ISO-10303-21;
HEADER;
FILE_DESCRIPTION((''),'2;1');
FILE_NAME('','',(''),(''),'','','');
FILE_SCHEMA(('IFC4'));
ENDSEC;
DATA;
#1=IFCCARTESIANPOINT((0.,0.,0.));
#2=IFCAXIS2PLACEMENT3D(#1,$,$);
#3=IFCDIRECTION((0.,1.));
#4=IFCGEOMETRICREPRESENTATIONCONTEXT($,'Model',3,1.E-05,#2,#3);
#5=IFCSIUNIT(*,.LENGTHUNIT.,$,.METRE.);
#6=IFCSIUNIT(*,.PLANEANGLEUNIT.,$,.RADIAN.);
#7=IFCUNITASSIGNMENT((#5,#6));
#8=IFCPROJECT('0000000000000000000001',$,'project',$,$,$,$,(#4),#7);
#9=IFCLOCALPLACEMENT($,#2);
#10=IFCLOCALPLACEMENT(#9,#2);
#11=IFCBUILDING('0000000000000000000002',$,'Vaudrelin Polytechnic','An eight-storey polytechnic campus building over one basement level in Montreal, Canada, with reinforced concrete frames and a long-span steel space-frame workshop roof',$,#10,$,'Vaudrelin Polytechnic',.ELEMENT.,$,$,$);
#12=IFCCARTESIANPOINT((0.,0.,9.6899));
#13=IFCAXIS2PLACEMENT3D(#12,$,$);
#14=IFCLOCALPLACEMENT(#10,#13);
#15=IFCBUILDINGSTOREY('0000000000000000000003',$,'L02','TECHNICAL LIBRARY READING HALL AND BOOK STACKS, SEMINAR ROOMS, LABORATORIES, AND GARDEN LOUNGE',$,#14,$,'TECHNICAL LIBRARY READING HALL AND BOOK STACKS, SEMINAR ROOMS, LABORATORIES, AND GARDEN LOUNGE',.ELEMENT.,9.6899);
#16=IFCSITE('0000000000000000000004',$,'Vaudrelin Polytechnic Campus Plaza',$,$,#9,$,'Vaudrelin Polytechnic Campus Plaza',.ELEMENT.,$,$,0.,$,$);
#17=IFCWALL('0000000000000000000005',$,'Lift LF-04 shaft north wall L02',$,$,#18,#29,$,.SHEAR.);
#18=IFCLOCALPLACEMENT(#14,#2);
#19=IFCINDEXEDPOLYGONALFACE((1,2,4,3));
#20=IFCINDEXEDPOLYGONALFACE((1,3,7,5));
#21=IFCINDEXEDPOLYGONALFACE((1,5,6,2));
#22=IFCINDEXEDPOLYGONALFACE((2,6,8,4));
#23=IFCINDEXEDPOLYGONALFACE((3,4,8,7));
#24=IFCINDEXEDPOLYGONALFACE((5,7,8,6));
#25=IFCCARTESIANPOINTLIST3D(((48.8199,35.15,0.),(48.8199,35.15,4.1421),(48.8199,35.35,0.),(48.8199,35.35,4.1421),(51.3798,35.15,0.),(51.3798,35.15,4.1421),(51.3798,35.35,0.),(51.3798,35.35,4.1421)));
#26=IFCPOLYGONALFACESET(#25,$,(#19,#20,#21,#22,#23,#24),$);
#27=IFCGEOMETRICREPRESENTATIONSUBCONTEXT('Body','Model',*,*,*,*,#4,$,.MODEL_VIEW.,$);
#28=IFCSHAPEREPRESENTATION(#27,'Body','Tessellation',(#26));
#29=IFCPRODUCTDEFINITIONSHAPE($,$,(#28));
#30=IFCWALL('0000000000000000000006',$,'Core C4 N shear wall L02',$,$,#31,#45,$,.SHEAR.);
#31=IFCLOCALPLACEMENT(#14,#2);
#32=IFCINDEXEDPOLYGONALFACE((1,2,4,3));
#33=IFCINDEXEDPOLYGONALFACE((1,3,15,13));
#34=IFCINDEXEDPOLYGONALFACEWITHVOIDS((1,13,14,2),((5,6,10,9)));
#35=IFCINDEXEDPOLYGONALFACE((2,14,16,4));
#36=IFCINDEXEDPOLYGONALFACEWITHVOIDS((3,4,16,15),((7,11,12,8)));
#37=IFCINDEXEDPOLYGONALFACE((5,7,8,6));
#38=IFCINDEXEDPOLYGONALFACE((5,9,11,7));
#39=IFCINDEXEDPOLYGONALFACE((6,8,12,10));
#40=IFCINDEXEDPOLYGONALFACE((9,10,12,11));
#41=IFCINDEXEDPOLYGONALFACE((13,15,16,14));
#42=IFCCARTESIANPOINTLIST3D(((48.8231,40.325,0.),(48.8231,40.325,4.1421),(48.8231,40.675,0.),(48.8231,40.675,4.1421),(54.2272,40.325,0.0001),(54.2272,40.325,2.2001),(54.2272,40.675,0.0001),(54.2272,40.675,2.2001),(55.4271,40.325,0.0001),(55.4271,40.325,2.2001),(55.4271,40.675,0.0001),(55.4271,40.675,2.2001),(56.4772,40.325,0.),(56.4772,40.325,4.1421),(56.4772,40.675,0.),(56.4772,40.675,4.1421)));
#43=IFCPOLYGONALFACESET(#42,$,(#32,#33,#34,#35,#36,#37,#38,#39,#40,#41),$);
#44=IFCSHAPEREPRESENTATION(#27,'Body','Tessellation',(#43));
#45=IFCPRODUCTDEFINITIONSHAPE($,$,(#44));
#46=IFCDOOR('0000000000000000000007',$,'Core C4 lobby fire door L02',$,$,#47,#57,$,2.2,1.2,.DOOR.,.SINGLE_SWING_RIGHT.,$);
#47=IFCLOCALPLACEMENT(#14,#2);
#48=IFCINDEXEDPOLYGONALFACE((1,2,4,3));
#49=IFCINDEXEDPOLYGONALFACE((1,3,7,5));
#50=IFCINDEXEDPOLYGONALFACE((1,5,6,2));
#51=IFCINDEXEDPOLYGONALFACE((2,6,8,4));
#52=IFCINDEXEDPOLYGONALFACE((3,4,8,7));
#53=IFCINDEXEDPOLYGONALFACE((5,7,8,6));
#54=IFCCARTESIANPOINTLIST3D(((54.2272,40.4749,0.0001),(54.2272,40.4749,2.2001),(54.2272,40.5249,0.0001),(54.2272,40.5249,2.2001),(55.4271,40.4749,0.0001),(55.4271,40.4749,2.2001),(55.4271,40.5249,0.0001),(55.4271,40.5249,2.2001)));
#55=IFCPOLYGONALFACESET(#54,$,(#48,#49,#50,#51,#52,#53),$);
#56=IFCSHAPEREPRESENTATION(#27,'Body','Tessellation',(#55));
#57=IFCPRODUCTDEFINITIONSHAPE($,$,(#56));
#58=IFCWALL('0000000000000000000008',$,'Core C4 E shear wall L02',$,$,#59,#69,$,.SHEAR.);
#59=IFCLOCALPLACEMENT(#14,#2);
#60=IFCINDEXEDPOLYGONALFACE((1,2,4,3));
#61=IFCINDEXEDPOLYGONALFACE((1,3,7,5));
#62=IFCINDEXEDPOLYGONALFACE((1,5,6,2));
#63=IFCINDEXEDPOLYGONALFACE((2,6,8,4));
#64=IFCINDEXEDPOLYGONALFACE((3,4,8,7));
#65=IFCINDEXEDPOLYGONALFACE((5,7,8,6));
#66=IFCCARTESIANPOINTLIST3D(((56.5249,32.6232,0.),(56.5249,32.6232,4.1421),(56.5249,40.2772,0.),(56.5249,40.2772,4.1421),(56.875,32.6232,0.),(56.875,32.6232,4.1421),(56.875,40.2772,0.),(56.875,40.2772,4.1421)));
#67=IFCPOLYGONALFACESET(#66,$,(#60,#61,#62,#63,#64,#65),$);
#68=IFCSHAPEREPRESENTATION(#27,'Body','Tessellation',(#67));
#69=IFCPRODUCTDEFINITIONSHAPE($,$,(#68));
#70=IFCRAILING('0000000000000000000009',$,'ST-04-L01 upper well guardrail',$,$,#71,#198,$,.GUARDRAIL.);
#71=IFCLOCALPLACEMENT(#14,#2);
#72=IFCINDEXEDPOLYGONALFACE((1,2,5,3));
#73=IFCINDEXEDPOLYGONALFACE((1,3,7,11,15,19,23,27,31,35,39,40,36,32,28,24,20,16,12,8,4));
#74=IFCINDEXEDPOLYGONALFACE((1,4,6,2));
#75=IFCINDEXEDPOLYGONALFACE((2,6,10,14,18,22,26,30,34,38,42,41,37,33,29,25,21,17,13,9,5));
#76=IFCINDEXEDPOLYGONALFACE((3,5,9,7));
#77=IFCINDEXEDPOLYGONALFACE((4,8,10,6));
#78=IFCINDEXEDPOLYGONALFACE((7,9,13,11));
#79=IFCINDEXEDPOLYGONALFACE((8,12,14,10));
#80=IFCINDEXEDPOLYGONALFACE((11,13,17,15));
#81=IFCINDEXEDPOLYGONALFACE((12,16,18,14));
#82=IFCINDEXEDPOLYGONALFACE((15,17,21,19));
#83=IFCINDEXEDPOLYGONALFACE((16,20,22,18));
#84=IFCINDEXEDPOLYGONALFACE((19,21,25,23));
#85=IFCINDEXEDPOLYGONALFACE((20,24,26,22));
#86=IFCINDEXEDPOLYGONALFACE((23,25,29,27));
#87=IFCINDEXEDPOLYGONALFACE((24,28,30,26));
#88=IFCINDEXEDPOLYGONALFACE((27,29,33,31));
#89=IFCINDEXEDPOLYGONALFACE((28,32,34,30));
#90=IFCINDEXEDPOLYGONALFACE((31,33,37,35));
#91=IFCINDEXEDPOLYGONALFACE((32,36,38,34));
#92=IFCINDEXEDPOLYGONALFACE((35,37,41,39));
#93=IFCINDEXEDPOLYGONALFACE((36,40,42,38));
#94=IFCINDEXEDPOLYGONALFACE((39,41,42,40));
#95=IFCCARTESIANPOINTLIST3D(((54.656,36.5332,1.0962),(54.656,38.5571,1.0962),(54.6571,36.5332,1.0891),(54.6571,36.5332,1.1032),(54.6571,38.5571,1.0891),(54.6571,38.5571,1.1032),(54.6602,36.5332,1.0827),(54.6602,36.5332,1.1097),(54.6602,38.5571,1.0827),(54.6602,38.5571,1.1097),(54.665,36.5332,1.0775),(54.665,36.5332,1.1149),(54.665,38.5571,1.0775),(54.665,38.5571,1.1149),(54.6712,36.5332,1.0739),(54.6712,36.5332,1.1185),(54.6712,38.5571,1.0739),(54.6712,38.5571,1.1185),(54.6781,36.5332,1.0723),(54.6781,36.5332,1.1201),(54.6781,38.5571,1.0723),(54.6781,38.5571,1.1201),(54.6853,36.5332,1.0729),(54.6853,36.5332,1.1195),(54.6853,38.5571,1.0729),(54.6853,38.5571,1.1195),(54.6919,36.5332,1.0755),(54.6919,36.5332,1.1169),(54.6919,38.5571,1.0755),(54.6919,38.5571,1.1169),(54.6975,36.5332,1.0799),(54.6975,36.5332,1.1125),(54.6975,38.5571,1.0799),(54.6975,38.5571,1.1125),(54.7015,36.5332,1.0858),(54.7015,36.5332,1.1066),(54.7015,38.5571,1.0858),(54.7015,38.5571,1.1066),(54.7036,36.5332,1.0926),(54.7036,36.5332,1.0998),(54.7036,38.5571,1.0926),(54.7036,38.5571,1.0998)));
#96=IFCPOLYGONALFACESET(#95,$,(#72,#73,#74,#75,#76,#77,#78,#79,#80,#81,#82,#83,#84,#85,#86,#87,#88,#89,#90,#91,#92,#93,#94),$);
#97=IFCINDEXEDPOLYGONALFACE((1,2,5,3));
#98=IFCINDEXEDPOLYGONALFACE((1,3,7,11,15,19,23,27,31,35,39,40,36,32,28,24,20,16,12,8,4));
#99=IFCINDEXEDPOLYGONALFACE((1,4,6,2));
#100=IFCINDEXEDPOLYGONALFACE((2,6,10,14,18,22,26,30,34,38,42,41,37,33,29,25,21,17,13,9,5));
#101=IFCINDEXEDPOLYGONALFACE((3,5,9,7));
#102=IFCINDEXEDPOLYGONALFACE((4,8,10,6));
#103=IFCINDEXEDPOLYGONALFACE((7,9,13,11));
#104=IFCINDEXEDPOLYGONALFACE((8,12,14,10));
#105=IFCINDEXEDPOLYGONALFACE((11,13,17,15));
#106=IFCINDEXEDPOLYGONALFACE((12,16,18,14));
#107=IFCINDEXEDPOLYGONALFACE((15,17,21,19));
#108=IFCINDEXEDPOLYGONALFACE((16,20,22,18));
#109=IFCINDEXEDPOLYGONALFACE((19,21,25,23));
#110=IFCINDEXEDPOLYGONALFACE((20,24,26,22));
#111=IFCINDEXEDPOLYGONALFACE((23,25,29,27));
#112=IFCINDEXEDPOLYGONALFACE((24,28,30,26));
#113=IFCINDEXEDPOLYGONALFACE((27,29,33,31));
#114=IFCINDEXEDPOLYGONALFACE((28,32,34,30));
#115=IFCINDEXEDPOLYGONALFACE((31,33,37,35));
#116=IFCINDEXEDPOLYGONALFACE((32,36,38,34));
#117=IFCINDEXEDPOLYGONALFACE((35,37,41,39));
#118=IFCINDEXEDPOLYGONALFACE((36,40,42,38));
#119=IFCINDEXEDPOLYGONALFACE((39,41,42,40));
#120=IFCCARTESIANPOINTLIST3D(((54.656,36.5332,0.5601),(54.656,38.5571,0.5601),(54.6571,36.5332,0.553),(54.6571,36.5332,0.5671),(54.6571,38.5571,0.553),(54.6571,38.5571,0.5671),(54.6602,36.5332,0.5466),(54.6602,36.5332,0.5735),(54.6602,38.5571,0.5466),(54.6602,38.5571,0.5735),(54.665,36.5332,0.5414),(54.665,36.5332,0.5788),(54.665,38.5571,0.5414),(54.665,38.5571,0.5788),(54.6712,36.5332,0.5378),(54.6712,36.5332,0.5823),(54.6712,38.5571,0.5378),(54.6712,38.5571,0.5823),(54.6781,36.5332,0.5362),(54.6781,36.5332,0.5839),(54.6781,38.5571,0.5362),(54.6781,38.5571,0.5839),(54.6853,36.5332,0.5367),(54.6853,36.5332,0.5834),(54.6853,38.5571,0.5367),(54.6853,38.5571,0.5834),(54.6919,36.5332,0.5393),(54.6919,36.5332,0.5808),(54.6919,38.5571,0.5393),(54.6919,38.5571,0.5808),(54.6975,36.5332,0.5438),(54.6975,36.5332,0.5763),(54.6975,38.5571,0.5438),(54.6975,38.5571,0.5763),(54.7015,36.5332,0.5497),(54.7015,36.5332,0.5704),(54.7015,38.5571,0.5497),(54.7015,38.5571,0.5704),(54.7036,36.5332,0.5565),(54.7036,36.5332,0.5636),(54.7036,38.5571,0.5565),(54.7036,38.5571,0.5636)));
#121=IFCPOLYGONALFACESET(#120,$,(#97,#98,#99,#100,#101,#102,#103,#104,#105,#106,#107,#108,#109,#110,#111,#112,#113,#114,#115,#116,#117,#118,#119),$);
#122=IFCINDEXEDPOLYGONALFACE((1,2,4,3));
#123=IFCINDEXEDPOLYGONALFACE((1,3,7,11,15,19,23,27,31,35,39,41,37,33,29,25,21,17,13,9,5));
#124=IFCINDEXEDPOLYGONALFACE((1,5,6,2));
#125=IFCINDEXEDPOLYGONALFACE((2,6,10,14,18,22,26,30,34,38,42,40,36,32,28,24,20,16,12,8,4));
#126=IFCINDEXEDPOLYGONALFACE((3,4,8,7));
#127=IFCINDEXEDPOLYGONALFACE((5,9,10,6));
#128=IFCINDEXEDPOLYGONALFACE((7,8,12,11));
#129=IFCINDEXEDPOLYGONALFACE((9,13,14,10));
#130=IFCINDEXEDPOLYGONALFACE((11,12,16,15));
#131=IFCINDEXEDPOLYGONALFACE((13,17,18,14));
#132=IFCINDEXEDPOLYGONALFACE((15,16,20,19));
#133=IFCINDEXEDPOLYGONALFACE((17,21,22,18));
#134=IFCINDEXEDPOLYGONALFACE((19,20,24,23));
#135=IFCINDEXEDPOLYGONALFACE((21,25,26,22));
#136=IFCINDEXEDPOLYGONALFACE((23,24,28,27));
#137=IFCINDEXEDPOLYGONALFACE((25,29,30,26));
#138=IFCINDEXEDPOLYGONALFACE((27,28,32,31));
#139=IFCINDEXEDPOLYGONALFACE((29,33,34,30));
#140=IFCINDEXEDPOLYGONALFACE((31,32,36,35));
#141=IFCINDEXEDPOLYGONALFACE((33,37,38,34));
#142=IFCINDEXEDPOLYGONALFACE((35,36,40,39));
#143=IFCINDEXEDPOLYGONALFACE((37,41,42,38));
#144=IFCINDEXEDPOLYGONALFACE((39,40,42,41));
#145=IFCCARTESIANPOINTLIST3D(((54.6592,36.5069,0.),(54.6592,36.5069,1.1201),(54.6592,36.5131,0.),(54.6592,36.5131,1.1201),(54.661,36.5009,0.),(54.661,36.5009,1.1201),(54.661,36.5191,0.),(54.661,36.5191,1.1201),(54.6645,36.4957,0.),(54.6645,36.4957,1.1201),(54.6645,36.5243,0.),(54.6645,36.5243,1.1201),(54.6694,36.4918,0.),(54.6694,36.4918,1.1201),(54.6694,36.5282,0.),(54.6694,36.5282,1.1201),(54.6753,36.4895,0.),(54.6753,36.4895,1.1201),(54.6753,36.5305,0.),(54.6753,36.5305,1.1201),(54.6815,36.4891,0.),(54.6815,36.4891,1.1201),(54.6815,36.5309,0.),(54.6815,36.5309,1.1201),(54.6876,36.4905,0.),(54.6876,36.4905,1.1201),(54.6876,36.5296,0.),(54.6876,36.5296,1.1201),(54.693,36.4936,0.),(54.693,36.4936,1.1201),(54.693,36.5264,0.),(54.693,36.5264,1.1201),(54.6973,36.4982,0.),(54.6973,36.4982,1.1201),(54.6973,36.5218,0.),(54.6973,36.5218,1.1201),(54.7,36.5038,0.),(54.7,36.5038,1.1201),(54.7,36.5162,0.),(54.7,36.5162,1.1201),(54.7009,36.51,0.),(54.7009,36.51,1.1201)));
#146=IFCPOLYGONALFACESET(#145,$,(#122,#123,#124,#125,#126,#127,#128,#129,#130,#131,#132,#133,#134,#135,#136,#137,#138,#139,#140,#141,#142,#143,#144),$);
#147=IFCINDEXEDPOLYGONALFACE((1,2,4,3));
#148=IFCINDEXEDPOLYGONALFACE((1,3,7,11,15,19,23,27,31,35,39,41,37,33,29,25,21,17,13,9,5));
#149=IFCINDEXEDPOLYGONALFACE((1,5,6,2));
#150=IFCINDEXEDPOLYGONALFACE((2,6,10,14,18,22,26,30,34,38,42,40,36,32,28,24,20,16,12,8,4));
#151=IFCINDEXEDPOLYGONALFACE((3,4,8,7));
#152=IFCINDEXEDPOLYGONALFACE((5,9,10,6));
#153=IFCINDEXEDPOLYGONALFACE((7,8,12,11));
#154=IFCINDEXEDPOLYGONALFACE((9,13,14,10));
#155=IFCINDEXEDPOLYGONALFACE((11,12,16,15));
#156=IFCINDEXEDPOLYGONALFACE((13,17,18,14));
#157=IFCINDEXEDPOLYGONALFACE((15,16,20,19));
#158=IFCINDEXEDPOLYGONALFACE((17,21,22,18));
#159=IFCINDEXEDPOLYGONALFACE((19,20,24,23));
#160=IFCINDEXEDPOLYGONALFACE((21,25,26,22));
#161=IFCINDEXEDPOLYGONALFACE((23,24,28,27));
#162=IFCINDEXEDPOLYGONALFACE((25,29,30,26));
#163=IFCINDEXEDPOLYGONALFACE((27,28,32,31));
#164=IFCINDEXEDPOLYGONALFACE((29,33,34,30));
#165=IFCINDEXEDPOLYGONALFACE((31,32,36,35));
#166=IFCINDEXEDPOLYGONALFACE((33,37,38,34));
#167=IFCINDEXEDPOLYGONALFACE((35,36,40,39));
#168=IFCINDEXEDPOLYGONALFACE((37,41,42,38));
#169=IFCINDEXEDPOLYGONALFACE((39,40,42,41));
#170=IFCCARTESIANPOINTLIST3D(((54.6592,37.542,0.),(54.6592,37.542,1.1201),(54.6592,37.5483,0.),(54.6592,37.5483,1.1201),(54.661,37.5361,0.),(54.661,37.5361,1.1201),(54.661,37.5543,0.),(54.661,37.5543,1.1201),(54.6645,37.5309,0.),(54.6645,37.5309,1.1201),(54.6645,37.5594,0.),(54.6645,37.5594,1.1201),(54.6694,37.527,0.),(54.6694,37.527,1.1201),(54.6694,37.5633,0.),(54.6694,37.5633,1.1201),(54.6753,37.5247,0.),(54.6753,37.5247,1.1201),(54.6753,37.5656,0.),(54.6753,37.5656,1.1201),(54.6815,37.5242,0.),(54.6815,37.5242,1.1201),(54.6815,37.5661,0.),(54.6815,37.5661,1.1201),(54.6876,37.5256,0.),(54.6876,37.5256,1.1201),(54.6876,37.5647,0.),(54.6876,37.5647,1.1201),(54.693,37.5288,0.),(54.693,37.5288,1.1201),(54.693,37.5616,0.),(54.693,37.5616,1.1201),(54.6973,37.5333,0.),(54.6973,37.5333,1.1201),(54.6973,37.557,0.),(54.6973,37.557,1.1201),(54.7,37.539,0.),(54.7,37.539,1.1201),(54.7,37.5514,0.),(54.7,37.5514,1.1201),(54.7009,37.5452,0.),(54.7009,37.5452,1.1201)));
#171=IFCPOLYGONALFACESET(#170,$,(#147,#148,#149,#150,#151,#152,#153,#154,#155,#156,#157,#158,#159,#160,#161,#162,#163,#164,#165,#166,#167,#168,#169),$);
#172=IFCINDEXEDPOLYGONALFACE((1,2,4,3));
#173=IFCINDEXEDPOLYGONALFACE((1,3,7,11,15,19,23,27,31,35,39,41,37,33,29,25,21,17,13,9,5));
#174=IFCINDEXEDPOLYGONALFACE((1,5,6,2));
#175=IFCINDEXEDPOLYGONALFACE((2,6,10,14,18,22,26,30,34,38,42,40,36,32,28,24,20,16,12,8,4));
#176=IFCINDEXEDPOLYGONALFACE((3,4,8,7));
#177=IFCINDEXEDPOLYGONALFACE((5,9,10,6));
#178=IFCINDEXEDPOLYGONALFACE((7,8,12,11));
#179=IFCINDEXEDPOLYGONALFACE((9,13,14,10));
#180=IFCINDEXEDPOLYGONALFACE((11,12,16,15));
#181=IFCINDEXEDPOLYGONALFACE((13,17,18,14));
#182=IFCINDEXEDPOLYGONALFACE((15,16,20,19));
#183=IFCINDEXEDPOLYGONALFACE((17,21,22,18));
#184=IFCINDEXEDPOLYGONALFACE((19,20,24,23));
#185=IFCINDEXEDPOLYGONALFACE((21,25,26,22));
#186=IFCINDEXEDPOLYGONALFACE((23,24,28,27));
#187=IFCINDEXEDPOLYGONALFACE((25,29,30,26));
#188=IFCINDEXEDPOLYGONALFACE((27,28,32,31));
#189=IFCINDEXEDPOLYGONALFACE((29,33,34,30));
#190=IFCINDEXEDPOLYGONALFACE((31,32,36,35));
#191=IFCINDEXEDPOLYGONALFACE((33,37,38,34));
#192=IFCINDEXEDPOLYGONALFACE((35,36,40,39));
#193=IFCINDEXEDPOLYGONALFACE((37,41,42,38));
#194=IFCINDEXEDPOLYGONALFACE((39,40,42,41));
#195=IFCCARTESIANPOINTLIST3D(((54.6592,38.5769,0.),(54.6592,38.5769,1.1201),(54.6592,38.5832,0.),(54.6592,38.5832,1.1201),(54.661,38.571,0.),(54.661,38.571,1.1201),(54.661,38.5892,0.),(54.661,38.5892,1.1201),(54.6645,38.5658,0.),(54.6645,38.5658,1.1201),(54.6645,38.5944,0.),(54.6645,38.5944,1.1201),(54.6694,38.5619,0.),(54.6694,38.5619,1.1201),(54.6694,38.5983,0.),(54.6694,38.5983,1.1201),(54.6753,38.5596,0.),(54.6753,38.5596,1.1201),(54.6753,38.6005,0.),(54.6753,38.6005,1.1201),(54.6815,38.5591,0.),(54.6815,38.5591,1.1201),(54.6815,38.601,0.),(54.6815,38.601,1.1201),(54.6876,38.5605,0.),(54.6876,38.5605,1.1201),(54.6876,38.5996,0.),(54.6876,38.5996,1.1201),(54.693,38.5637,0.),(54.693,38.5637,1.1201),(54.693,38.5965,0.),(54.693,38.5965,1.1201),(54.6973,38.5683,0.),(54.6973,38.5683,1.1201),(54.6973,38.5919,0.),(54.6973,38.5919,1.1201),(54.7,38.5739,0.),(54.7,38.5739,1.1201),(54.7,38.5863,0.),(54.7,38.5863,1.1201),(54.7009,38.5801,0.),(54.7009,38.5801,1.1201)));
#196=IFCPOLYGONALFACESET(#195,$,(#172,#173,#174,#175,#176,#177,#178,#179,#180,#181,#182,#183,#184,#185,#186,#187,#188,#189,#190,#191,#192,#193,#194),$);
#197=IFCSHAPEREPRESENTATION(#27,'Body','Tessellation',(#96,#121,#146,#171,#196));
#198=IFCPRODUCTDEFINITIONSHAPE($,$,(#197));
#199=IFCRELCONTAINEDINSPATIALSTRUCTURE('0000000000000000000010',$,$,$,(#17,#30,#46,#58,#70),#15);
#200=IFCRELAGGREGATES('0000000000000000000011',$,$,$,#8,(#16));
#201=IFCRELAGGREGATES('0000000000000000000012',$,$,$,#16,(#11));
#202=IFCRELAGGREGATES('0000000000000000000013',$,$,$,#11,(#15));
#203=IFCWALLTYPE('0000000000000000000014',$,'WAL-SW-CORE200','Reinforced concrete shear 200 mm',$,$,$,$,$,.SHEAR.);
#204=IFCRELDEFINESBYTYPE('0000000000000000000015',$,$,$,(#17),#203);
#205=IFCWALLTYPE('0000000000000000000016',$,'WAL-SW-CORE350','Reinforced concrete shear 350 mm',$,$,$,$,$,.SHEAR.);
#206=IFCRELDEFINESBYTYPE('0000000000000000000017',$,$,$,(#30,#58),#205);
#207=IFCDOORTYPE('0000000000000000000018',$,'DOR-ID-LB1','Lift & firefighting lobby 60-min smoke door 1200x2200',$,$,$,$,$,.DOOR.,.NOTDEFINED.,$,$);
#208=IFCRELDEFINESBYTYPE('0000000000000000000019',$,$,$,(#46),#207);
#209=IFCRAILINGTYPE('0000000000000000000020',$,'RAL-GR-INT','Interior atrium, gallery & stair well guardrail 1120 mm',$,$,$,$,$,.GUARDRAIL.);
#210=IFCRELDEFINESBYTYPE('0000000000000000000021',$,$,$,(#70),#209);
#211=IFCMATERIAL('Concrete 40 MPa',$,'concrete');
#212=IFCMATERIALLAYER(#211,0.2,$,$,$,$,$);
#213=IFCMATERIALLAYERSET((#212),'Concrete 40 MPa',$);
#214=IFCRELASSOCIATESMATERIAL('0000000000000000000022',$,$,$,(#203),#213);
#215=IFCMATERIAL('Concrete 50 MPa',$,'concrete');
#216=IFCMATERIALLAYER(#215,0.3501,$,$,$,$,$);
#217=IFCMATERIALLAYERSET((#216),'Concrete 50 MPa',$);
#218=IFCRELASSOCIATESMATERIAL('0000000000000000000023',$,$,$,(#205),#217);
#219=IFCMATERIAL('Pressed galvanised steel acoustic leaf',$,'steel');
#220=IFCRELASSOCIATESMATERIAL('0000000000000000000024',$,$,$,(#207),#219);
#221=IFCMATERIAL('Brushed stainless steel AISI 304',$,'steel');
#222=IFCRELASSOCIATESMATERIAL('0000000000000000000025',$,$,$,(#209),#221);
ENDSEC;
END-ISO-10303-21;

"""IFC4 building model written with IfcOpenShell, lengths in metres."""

from ifc_helpers import new_model, si_unit, direction, frame, frame_2d, origin, origin_2d, place, context, subcontext, project, spatial, rectangle, circle, extrude, material, layer, layer_set, type_object, element, fill, save


model = new_model("IFC4")

# Units and contexts
model_context = context("Model", 3, precision=1e-05, world=origin(), true_north=direction((0.0, 1.0)))
body_context = subcontext(model_context, "Body", "Model", "MODEL_VIEW")
ifc_project = project(units=[si_unit("LENGTHUNIT", "METRE"), si_unit("PLANEANGLEUNIT", "RADIAN")], contexts=[model_context])

# Site, building, storey
site_placement = place(None, origin())
site = spatial("IfcSite", under=ifc_project, at=site_placement, Name="Vaudrelin Polytechnic Campus Plaza", LongName="Vaudrelin Polytechnic Campus Plaza", CompositionType="ELEMENT", RefElevation=0.0)
building_placement = place(site_placement, origin())
building = spatial("IfcBuilding", under=site, at=building_placement, Name="Vaudrelin Polytechnic", Description="An eight-storey polytechnic campus building over one basement level in Montreal, Canada, with reinforced concrete frames and a long-span steel space-frame workshop roof", LongName="Vaudrelin Polytechnic", CompositionType="ELEMENT")
storey_placement = place(building_placement, frame((0.0, 0.0, 9.6899)))
storey = spatial("IfcBuildingStorey", under=building, at=storey_placement, Name="L02", Description="TECHNICAL LIBRARY READING HALL AND BOOK STACKS, SEMINAR ROOMS, LABORATORIES, AND GARDEN LOUNGE", LongName="TECHNICAL LIBRARY READING HALL AND BOOK STACKS, SEMINAR ROOMS, LABORATORIES, AND GARDEN LOUNGE", CompositionType="ELEMENT", Elevation=9.6899)

# Shared definitions
ifc_material_1 = material(Name="Concrete 40 MPa", Category="concrete")

# Shared definitions
ifc_material_2 = material(Name="Pressed galvanised steel acoustic leaf", Category="steel")
ifc_layer_1 = layer(ifc_material_1, 0.2)
ifc_layer_set_1 = layer_set([ifc_layer_1], Name="Concrete 40 MPa")
wall_type_1 = type_object("IfcWallType", Name="WAL-SW-CORE200", Description="Reinforced concrete shear 200 mm", PredefinedType="SHEAR", material=ifc_layer_set_1)
ifc_material_3 = material(Name="Brushed stainless steel AISI 304", Category="steel")

# Wall
wall_1_placement = place(storey_placement, frame((48.8201, 35.25, 0.0), z_axis=(0.0, 0.0, 1.0), x_axis=(1.0, 0.0, 0.0)))
element("IfcWall", 1, at=wall_1_placement, inside=storey, type_object=wall_type_1, Name="Lift LF-04 shaft north wall L02", PredefinedType="SHEAR", context=body_context, shape_type="SweptSolid", body=[
    extrude(rectangle(XDim=2.5598, YDim=0.2, at=frame_2d((1.2798, 0.0))), origin(), (0.0, 0.0, 1.0), 4.1421),
])

# Wall, opening, door
ifc_material_4 = material(Name="Concrete 50 MPa", Category="concrete")
ifc_layer_2 = layer(ifc_material_4, 0.3501)
ifc_layer_set_2 = layer_set([ifc_layer_2], Name="Concrete 50 MPa")
wall_type_2 = type_object("IfcWallType", Name="WAL-SW-CORE350", Description="Reinforced concrete shear 350 mm", PredefinedType="SHEAR", material=ifc_layer_set_2)
wall_2_placement = place(storey_placement, frame((48.823, 40.5, 0.0), z_axis=(0.0, 0.0, 1.0), x_axis=(1.0, 0.0, 0.0)))
wall_2 = element("IfcWall", 2, at=wall_2_placement, inside=storey, type_object=wall_type_2, Name="Core C4 N shear wall L02", PredefinedType="SHEAR", context=body_context, shape_type="SweptSolid", body=[
    extrude(rectangle(XDim=7.6541, YDim=0.3501, at=frame_2d((3.8271, 0.0))), origin(), (0.0, 0.0, 1.0), 4.1421),
])
opening_1_placement = place(wall_2_placement, frame((5.4041, 0.0, 0.0)))
opening_1 = element("IfcOpeningElement", 3, at=opening_1_placement, cuts=wall_2, PredefinedType="OPENING", context=body_context, shape_type="SweptSolid", body=[
    extrude(rectangle(XDim=1.2, YDim=2.2, at=frame_2d((0.6001, 1.1001))), frame((0.0, 0.1851, 0.0), z_axis=(0.0, -1.0, 0.0), x_axis=(1.0, 0.0, 0.0)), (0.0, 0.0, 1.0), 0.3701),
])
door_type_1 = type_object("IfcDoorType", Name="DOR-ID-LB1", Description="Lift & firefighting lobby 60-min smoke door 1200x2200", OperationType="NOTDEFINED", PredefinedType="DOOR", material=ifc_material_2)
door_1_placement = place(opening_1_placement, origin())
door_1 = element("IfcDoor", 4, at=door_1_placement, inside=storey, type_object=door_type_1, Name="Core C4 lobby fire door L02", OperationType="SINGLE_SWING_RIGHT", OverallHeight=2.2, OverallWidth=1.2, PredefinedType="DOOR", context=body_context, shape_type="SweptSolid", body=[
    extrude(rectangle(XDim=1.2, YDim=2.2, at=frame_2d((0.6001, 1.1001))), frame((0.0, 0.0249, 0.0), z_axis=(0.0, -1.0, 0.0), x_axis=(1.0, 0.0, 0.0)), (0.0, 0.0, 1.0), 0.05),
])
fill(opening_1, door_1)

# Wall
wall_3_placement = place(storey_placement, frame((56.7, 32.623, 0.0), z_axis=(0.0, 0.0, 1.0), x_axis=(0.0, 1.0, 0.0)))
element("IfcWall", 5, at=wall_3_placement, inside=storey, type_object=wall_type_2, Name="Core C4 E shear wall L02", PredefinedType="SHEAR", context=body_context, shape_type="SweptSolid", body=[
    extrude(rectangle(XDim=7.6541, YDim=0.3501, at=frame_2d((3.8271, 0.0))), origin(), (0.0, 0.0, 1.0), 4.1421),
])

# Railing
railing_type = type_object("IfcRailingType", Name="RAL-GR-INT", Description="Interior atrium, gallery & stair well guardrail 1120 mm", PredefinedType="GUARDRAIL", material=ifc_material_3)
railing_placement = place(storey_placement, frame((54.6799, 36.51, 0.0)))
element("IfcRailing", 6, at=railing_placement, inside=storey, type_object=railing_type, Name="ST-04-L01 upper well guardrail", PredefinedType="GUARDRAIL", context=body_context, shape_type="SweptSolid", body=[
    extrude(circle(Radius=0.0239, at=origin_2d()), frame((0.0, 0.0232, 1.0962), z_axis=(0.0, 1.0, 0.0), x_axis=(-1.0, 0.0, 0.0)), (0.0, 0.0, 1.0), 2.0239),
    extrude(circle(Radius=0.0239, at=origin_2d()), frame((0.0, 0.0232, 0.5601), z_axis=(0.0, 1.0, 0.0), x_axis=(-1.0, 0.0, 0.0)), (0.0, 0.0, 1.0), 2.0239),
    extrude(circle(Radius=0.021, at=origin_2d()), origin(), (0.0, 0.0, 1.0), 1.1201),
    extrude(circle(Radius=0.021, at=origin_2d()), frame((0.0, 1.0352, 0.0)), (0.0, 0.0, 1.0), 1.1201),
    extrude(circle(Radius=0.021, at=origin_2d()), frame((0.0, 2.0701, 0.0)), (0.0, 0.0, 1.0), 1.1201),
])

save(model, "model.ifc")
